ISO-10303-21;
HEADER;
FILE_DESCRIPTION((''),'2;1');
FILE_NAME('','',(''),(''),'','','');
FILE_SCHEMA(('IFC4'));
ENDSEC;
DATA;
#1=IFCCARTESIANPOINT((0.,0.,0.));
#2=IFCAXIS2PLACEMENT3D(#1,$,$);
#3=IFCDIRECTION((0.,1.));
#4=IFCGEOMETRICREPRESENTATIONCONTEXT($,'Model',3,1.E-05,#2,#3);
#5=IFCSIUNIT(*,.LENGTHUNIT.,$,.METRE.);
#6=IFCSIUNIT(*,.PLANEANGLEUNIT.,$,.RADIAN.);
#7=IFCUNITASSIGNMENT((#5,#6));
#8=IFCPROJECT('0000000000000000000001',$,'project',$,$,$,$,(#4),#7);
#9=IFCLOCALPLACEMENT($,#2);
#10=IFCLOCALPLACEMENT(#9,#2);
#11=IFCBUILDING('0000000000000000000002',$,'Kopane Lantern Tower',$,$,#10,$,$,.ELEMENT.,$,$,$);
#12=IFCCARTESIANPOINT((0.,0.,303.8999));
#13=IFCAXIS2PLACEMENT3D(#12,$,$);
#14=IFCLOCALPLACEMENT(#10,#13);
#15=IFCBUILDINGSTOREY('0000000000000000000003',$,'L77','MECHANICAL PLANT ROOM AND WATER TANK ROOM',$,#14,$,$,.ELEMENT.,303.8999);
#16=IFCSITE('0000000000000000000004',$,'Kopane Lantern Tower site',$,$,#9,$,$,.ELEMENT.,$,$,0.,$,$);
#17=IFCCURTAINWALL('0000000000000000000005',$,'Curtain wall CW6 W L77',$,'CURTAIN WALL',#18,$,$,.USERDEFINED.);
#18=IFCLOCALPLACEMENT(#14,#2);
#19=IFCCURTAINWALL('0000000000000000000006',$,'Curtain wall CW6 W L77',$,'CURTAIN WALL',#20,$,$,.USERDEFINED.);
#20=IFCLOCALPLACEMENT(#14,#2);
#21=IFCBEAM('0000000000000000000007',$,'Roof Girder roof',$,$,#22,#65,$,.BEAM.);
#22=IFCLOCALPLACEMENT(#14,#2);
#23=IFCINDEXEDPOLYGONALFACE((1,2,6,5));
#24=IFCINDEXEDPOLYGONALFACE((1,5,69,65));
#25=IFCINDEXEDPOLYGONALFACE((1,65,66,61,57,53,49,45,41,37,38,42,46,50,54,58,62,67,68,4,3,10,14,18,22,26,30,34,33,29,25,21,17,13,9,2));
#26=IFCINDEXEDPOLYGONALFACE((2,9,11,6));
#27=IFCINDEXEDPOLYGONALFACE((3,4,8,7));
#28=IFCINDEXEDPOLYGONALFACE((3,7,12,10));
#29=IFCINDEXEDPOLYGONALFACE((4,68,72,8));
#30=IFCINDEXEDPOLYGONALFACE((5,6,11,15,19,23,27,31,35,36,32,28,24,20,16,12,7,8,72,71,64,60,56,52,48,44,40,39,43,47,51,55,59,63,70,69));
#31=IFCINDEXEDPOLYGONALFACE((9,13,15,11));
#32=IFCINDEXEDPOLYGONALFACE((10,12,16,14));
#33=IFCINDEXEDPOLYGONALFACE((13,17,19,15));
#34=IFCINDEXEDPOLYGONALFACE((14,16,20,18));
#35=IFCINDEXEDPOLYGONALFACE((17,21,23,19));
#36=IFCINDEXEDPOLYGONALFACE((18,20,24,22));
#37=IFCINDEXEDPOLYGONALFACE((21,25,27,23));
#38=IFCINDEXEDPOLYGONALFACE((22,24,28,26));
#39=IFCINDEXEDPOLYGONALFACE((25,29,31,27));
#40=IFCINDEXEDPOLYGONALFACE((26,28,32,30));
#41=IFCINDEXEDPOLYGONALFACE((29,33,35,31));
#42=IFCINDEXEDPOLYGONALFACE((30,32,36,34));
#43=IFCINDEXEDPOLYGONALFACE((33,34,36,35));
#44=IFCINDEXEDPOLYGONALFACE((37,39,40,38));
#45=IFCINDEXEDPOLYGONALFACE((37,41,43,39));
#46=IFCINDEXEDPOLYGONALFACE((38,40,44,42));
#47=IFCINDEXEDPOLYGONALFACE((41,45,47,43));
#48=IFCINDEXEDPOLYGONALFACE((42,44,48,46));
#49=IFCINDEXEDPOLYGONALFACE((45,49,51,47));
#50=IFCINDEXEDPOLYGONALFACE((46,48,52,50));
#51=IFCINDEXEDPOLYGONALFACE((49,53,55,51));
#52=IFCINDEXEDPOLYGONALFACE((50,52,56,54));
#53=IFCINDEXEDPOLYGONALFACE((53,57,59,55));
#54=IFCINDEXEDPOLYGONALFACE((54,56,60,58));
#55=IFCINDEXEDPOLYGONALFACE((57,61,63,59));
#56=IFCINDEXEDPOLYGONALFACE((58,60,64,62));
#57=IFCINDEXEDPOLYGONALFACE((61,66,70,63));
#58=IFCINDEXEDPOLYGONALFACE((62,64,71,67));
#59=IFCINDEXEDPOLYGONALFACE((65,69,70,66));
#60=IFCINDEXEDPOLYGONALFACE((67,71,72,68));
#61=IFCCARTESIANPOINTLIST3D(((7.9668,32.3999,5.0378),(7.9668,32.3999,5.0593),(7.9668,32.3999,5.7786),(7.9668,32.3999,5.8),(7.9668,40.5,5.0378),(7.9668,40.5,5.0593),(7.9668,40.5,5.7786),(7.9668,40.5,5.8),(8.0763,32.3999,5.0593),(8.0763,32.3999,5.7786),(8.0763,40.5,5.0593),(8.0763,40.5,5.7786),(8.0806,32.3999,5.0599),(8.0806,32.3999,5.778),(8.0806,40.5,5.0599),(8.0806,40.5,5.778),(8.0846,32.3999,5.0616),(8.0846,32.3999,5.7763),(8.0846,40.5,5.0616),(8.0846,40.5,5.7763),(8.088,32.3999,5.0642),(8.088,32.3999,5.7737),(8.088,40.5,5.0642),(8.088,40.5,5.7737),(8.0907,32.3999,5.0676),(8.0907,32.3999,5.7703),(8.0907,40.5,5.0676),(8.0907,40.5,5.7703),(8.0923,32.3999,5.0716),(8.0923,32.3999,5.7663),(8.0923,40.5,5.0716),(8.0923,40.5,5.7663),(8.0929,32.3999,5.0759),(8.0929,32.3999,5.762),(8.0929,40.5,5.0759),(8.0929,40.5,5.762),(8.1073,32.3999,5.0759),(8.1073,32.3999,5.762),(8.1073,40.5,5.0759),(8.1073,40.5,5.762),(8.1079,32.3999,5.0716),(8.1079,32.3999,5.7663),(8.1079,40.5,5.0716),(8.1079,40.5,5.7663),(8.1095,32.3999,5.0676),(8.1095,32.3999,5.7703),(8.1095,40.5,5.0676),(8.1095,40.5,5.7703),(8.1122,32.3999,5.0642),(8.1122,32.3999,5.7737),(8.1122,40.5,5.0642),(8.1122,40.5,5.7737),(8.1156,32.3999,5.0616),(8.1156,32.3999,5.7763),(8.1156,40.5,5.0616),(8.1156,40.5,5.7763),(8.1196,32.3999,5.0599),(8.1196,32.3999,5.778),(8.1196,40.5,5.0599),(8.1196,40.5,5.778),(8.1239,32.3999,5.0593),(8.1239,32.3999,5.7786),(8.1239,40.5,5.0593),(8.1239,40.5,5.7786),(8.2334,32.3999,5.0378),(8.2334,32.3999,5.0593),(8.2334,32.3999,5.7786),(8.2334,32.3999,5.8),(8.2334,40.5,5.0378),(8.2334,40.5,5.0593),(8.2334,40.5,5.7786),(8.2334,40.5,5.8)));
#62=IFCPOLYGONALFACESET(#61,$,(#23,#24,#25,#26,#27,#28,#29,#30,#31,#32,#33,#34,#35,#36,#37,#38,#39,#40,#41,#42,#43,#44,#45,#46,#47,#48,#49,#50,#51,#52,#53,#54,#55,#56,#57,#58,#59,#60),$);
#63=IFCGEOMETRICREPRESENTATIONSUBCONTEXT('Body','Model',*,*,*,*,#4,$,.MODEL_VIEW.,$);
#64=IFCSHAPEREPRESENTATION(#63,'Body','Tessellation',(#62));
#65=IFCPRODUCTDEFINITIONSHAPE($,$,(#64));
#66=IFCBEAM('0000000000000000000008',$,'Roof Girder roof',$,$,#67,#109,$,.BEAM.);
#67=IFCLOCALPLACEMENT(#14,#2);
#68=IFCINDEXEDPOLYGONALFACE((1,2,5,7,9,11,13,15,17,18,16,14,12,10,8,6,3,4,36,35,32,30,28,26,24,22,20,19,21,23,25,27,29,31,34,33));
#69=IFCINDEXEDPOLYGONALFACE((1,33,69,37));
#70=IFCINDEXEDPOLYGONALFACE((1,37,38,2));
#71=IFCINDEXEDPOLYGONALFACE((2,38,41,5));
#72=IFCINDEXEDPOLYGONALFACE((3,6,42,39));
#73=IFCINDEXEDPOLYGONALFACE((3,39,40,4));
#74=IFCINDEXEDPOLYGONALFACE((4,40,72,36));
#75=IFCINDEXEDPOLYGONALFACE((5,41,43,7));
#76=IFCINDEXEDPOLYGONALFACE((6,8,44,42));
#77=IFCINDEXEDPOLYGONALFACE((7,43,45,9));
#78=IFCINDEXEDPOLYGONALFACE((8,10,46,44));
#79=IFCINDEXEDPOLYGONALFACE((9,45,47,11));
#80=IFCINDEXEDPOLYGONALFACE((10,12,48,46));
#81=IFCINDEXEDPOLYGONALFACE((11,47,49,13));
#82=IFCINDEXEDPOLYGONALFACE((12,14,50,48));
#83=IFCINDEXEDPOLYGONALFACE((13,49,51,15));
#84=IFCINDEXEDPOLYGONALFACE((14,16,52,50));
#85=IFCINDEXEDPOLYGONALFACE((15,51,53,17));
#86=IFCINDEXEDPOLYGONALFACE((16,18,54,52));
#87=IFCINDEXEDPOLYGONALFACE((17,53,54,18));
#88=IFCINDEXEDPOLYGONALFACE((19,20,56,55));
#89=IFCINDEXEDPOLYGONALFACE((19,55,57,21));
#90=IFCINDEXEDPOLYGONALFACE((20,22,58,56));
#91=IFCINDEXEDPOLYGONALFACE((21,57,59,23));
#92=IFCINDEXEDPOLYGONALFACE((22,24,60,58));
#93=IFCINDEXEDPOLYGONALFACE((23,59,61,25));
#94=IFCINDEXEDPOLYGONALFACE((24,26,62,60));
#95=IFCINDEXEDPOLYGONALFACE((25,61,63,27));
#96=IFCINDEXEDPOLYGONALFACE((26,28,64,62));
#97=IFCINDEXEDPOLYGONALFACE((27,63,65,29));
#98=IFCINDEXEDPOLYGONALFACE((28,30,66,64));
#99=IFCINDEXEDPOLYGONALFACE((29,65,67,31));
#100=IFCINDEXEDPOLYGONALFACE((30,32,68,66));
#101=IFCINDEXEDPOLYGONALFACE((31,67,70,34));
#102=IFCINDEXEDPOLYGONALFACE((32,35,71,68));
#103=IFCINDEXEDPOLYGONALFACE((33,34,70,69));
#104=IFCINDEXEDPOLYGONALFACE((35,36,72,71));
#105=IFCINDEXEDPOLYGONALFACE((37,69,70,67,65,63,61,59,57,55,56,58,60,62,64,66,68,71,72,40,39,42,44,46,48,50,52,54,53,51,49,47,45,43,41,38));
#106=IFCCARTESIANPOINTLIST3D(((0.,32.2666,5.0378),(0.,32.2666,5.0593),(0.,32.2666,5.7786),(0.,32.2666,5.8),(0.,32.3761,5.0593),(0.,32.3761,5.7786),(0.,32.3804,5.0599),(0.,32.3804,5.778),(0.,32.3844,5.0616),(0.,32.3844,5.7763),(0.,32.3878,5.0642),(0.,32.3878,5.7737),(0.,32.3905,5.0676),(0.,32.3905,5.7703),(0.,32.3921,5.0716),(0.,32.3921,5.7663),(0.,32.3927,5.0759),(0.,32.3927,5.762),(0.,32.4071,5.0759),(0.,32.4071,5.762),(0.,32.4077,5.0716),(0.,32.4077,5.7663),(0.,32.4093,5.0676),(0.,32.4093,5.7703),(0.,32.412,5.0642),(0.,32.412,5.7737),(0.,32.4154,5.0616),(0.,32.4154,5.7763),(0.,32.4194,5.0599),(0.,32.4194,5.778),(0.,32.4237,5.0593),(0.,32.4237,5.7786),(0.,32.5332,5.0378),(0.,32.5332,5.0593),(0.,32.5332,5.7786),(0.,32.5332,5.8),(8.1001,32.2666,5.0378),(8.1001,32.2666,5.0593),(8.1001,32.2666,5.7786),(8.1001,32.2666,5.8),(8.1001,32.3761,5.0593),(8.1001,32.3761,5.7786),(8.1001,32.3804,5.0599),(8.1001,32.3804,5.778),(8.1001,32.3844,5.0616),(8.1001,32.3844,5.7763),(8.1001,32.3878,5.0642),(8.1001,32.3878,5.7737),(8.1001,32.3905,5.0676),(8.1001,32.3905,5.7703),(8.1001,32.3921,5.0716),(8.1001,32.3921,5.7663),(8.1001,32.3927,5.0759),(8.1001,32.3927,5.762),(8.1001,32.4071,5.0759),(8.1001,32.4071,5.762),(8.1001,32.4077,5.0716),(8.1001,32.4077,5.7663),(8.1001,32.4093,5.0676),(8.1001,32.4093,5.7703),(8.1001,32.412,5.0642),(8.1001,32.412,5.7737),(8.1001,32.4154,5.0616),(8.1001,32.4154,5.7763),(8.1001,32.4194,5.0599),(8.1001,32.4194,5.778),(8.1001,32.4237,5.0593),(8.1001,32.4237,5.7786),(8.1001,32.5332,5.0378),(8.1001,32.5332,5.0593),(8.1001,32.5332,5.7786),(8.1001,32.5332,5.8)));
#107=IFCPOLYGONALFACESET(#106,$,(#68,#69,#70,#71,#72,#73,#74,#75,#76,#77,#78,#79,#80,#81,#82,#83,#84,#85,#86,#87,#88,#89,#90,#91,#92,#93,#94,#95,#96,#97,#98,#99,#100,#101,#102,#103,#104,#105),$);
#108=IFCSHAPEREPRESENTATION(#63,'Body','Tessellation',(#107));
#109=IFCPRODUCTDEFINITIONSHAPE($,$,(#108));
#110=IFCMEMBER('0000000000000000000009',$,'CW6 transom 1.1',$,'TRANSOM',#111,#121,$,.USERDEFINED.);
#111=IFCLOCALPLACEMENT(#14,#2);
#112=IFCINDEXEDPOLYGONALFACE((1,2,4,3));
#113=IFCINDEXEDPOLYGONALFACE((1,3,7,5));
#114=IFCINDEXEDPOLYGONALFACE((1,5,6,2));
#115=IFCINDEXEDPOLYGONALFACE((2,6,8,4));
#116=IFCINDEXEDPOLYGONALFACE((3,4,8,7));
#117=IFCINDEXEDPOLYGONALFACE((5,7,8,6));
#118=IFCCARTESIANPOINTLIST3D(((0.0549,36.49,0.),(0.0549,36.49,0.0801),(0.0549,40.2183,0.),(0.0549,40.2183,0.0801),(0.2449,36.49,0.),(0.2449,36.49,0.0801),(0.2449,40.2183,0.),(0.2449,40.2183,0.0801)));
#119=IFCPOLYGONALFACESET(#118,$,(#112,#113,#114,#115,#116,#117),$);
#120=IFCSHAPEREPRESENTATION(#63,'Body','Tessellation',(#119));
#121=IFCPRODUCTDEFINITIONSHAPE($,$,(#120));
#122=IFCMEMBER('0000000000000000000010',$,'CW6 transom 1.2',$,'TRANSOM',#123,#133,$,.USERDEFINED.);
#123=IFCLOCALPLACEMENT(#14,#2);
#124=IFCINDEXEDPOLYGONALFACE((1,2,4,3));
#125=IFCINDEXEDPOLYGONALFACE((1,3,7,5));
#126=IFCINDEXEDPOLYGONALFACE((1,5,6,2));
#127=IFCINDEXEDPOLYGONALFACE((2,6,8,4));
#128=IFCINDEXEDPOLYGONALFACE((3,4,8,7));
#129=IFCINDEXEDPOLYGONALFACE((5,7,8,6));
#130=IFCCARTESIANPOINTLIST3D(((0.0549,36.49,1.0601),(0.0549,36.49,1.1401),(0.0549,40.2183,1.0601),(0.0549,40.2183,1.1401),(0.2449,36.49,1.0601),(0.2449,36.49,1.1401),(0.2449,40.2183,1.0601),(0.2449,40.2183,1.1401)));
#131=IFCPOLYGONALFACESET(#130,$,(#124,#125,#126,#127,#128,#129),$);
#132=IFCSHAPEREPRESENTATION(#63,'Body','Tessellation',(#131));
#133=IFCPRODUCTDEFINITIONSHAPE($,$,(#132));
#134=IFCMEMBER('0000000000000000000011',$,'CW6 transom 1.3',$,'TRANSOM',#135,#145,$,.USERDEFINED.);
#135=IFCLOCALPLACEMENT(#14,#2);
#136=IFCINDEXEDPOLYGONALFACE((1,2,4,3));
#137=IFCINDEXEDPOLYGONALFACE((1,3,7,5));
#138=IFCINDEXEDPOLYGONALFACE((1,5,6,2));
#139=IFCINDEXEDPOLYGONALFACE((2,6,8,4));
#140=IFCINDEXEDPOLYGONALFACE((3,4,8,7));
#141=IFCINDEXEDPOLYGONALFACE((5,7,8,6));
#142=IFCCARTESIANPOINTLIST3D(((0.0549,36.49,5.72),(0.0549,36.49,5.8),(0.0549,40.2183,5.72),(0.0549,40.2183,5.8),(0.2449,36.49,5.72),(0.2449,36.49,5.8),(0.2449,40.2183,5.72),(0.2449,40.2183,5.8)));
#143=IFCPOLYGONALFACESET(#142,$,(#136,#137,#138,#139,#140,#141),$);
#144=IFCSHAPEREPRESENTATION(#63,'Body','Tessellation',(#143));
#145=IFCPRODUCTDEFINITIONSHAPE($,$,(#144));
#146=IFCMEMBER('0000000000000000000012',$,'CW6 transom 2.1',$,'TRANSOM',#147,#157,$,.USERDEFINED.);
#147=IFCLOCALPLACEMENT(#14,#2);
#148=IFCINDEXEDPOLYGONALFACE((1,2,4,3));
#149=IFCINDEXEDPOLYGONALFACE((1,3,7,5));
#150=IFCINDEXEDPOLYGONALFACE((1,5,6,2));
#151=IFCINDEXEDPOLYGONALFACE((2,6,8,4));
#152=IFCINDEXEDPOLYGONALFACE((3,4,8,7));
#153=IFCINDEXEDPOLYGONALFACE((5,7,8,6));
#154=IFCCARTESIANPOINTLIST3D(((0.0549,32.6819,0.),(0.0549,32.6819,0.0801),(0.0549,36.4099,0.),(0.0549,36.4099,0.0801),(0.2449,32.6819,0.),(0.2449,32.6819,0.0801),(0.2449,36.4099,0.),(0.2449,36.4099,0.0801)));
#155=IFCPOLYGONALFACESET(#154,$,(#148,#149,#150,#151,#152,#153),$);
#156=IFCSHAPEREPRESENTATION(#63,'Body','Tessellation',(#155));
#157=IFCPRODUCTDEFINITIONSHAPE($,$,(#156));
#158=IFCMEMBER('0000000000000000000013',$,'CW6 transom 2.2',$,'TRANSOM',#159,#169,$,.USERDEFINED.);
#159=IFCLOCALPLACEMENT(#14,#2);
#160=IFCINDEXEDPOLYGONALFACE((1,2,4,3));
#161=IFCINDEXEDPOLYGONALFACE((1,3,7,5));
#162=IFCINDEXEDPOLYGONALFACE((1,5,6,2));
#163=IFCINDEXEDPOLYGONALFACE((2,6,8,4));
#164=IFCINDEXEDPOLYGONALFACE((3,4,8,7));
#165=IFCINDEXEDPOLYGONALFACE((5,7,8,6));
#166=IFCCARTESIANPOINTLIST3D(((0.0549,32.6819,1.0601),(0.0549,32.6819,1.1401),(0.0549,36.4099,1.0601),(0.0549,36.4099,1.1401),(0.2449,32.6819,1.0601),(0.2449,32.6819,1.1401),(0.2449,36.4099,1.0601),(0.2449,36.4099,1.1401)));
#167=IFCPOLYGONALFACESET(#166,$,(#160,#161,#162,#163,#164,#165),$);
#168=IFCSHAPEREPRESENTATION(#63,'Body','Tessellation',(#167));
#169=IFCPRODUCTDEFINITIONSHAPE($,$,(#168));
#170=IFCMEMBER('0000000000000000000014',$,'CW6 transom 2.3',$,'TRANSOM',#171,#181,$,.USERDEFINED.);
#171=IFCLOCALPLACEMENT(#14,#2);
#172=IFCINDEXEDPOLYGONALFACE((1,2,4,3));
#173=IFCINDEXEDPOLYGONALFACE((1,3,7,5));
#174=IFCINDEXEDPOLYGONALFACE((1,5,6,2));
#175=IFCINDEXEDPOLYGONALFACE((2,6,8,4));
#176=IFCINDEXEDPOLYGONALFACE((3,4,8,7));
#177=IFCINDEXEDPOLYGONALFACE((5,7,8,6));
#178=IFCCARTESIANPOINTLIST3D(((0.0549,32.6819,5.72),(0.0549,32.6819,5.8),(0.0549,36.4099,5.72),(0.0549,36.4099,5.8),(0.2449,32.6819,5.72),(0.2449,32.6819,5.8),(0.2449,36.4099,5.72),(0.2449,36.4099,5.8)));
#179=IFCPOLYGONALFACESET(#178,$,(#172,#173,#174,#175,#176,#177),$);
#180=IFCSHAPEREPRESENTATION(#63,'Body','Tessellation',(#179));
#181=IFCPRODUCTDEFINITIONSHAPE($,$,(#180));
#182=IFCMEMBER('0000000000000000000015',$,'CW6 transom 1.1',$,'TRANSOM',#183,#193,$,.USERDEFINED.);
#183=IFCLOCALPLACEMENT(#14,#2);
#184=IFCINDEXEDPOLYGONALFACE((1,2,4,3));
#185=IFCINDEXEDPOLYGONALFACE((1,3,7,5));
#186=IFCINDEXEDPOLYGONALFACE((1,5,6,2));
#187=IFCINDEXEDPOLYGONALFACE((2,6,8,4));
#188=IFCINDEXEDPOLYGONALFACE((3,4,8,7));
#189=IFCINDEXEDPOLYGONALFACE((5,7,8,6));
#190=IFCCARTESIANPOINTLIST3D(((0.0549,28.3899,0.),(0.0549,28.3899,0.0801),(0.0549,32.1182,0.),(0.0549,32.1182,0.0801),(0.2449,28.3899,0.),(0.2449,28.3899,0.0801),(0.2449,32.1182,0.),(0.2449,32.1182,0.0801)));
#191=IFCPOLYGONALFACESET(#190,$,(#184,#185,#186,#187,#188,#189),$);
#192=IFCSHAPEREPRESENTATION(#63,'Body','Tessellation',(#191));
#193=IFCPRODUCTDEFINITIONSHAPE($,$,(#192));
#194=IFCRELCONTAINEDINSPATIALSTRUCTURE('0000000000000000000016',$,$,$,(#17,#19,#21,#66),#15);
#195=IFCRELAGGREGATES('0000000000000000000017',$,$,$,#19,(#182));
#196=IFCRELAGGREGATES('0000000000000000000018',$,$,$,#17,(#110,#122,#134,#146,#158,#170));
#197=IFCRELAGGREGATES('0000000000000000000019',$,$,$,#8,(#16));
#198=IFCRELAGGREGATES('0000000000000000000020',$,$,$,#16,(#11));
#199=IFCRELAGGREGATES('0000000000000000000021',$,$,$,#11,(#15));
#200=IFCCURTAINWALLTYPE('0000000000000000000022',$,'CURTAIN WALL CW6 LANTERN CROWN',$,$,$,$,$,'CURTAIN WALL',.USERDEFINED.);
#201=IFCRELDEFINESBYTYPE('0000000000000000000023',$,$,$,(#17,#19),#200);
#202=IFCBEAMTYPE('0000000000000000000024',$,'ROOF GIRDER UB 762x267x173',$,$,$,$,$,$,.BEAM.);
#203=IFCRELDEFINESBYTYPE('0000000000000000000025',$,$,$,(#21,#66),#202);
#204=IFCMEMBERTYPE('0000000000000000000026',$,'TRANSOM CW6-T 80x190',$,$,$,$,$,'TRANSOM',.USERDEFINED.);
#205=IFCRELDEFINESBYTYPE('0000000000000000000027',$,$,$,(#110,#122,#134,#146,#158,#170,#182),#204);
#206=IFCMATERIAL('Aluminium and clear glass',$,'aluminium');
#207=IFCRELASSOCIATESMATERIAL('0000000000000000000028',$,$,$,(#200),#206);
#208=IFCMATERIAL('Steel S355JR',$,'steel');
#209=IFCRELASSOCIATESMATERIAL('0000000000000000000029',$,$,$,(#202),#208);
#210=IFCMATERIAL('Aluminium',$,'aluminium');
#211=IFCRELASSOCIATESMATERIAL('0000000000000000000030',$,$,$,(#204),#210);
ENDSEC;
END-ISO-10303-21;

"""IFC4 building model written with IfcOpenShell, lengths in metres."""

from ifc_helpers import new_model, si_unit, direction, frame, origin, origin_2d, place, context, subcontext, project, spatial, rectangle, i_section, extrude, material, material_profile, profile_set, type_object, element, aggregate, save


model = new_model("IFC4")

# Units and contexts
model_context = context("Model", 3, precision=1e-05, world=origin(), true_north=direction((0.0, 1.0)))
body_context = subcontext(model_context, "Body", "Model", "MODEL_VIEW")
ifc_project = project(units=[si_unit("LENGTHUNIT", "METRE"), si_unit("PLANEANGLEUNIT", "RADIAN")], contexts=[model_context])

# Site, building, storey
site_placement = place(None, origin())
site = spatial("IfcSite", under=ifc_project, at=site_placement, Name="Kopane Lantern Tower site", CompositionType="ELEMENT", RefElevation=0.0)
building_placement = place(site_placement, origin())
building = spatial("IfcBuilding", under=site, at=building_placement, Name="Kopane Lantern Tower", CompositionType="ELEMENT")
storey_placement = place(building_placement, frame((0.0, 0.0, 303.8999)))
storey = spatial("IfcBuildingStorey", under=building, at=storey_placement, Name="L77", Description="MECHANICAL PLANT ROOM AND WATER TANK ROOM", CompositionType="ELEMENT", Elevation=303.8999)

# Curtain wall
ifc_material_1 = material(Name="Aluminium and clear glass", Category="aluminium")
curtain_wall_type = type_object("IfcCurtainWallType", Name="CURTAIN WALL CW6 LANTERN CROWN", ElementType="CURTAIN WALL", PredefinedType="USERDEFINED", material=ifc_material_1)
curtain_wall_1_placement = place(storey_placement, origin())
curtain_wall_1 = element("IfcCurtainWall", 1, at=curtain_wall_1_placement, inside=storey, type_object=curtain_wall_type, Name="Curtain wall CW6 W L77", ObjectType="CURTAIN WALL", PredefinedType="USERDEFINED")

# Curtain wall
curtain_wall_2_placement = place(storey_placement, origin())
curtain_wall_2 = element("IfcCurtainWall", 2, at=curtain_wall_2_placement, inside=storey, type_object=curtain_wall_type, Name="Curtain wall CW6 W L77", ObjectType="CURTAIN WALL", PredefinedType="USERDEFINED")

# Beams
ifc_material_2 = material(Name="Steel S355JR", Category="steel")
ifc_material_profile_1 = material_profile(ifc_material_2, i_section(OverallWidth=0.2666, OverallDepth=0.7622, WebThickness=0.0144, FlangeThickness=0.0215, FilletRadius=0.0166, at=origin_2d()), Name="UB 762x267x173")
ifc_profile_set_1 = profile_set([ifc_material_profile_1], Name="Steel S355JR")
beam_type_1 = type_object("IfcBeamType", Name="ROOF GIRDER UB 762x267x173", PredefinedType="BEAM", material=ifc_profile_set_1)
for number, where, z_axis, x_axis, name in (
    (3, (8.1001, 32.3999, 5.4189), (0.0, 1.0, 0.0), (-1.0, 0.0, 0.0), "Roof Girder roof"),
    (4, (0.0, 32.3999, 5.4189), (1.0, 0.0, 0.0), (0.0, 1.0, 0.0), "Roof Girder roof"),
):
    element("IfcBeam", number, at=place(storey_placement, frame(where, z_axis=z_axis, x_axis=x_axis)), inside=storey, type_object=beam_type_1, Name=name, PredefinedType="BEAM", context=body_context, shape_type="SweptSolid", body=[
        extrude(i_section(OverallWidth=0.2666, OverallDepth=0.7622, WebThickness=0.0144, FlangeThickness=0.0215, FilletRadius=0.0166, at=origin_2d()), origin(), (0.0, 0.0, 1.0), 8.1001),
    ])

# Members
ifc_material_3 = material(Name="Aluminium", Category="aluminium")
ifc_material_profile_2 = material_profile(ifc_material_3, rectangle(XDim=0.1899, YDim=0.0801, at=origin_2d()), Name="AL 190x80")
ifc_profile_set_2 = profile_set([ifc_material_profile_2], Name="Aluminium")
member_type_1 = type_object("IfcMemberType", Name="TRANSOM CW6-T 80x190", ElementType="TRANSOM", PredefinedType="USERDEFINED", material=ifc_profile_set_2)
member_1_placement = place(storey_placement, frame((0.1499, 40.2183, 0.04), z_axis=(0.0, -1.0, 0.0), x_axis=(1.0, 0.0, 0.0)))
member_1 = element("IfcMember", 5, at=member_1_placement, type_object=member_type_1, Name="CW6 transom 1.1", ObjectType="TRANSOM", PredefinedType="USERDEFINED", context=body_context, shape_type="SweptSolid", body=[
    extrude(rectangle(XDim=0.1899, YDim=0.0801, at=origin_2d()), origin(), (0.0, 0.0, 1.0), 3.7283),
])
member_2_placement = place(storey_placement, frame((0.1499, 40.2183, 1.1001), z_axis=(0.0, -1.0, 0.0), x_axis=(1.0, 0.0, 0.0)))
member_2 = element("IfcMember", 6, at=member_2_placement, type_object=member_type_1, Name="CW6 transom 1.2", ObjectType="TRANSOM", PredefinedType="USERDEFINED", context=body_context, shape_type="SweptSolid", body=[
    extrude(rectangle(XDim=0.1899, YDim=0.0801, at=origin_2d()), origin(), (0.0, 0.0, 1.0), 3.7283),
])
member_3_placement = place(storey_placement, frame((0.1499, 40.2183, 5.76), z_axis=(0.0, -1.0, 0.0), x_axis=(1.0, 0.0, 0.0)))
member_3 = element("IfcMember", 7, at=member_3_placement, type_object=member_type_1, Name="CW6 transom 1.3", ObjectType="TRANSOM", PredefinedType="USERDEFINED", context=body_context, shape_type="SweptSolid", body=[
    extrude(rectangle(XDim=0.1899, YDim=0.0801, at=origin_2d()), origin(), (0.0, 0.0, 1.0), 3.7283),
])
member_4_placement = place(storey_placement, frame((0.1499, 36.4099, 0.04), z_axis=(0.0, -1.0, 0.0), x_axis=(1.0, 0.0, 0.0)))
member_4 = element("IfcMember", 8, at=member_4_placement, type_object=member_type_1, Name="CW6 transom 2.1", ObjectType="TRANSOM", PredefinedType="USERDEFINED", context=body_context, shape_type="SweptSolid", body=[
    extrude(rectangle(XDim=0.1899, YDim=0.0801, at=origin_2d()), origin(), (0.0, 0.0, 1.0), 3.728),
])
member_5_placement = place(storey_placement, frame((0.1499, 36.4099, 1.1001), z_axis=(0.0, -1.0, 0.0), x_axis=(1.0, 0.0, 0.0)))
member_5 = element("IfcMember", 9, at=member_5_placement, type_object=member_type_1, Name="CW6 transom 2.2", ObjectType="TRANSOM", PredefinedType="USERDEFINED", context=body_context, shape_type="SweptSolid", body=[
    extrude(rectangle(XDim=0.1899, YDim=0.0801, at=origin_2d()), origin(), (0.0, 0.0, 1.0), 3.728),
])
member_6_placement = place(storey_placement, frame((0.1499, 36.4099, 5.76), z_axis=(0.0, -1.0, 0.0), x_axis=(1.0, 0.0, 0.0)))
member_6 = element("IfcMember", 10, at=member_6_placement, type_object=member_type_1, Name="CW6 transom 2.3", ObjectType="TRANSOM", PredefinedType="USERDEFINED", context=body_context, shape_type="SweptSolid", body=[
    extrude(rectangle(XDim=0.1899, YDim=0.0801, at=origin_2d()), origin(), (0.0, 0.0, 1.0), 3.728),
])
member_7_placement = place(storey_placement, frame((0.1499, 32.1182, 0.04), z_axis=(0.0, -1.0, 0.0), x_axis=(1.0, 0.0, 0.0)))
member_7 = element("IfcMember", 11, at=member_7_placement, type_object=member_type_1, Name="CW6 transom 1.1", ObjectType="TRANSOM", PredefinedType="USERDEFINED", context=body_context, shape_type="SweptSolid", body=[
    extrude(rectangle(XDim=0.1899, YDim=0.0801, at=origin_2d()), origin(), (0.0, 0.0, 1.0), 3.7283),
])
aggregate(curtain_wall_2, [member_7])

aggregate(curtain_wall_1, [member_1, member_2, member_3, member_4, member_5, member_6])

save(model, "model.ifc")
